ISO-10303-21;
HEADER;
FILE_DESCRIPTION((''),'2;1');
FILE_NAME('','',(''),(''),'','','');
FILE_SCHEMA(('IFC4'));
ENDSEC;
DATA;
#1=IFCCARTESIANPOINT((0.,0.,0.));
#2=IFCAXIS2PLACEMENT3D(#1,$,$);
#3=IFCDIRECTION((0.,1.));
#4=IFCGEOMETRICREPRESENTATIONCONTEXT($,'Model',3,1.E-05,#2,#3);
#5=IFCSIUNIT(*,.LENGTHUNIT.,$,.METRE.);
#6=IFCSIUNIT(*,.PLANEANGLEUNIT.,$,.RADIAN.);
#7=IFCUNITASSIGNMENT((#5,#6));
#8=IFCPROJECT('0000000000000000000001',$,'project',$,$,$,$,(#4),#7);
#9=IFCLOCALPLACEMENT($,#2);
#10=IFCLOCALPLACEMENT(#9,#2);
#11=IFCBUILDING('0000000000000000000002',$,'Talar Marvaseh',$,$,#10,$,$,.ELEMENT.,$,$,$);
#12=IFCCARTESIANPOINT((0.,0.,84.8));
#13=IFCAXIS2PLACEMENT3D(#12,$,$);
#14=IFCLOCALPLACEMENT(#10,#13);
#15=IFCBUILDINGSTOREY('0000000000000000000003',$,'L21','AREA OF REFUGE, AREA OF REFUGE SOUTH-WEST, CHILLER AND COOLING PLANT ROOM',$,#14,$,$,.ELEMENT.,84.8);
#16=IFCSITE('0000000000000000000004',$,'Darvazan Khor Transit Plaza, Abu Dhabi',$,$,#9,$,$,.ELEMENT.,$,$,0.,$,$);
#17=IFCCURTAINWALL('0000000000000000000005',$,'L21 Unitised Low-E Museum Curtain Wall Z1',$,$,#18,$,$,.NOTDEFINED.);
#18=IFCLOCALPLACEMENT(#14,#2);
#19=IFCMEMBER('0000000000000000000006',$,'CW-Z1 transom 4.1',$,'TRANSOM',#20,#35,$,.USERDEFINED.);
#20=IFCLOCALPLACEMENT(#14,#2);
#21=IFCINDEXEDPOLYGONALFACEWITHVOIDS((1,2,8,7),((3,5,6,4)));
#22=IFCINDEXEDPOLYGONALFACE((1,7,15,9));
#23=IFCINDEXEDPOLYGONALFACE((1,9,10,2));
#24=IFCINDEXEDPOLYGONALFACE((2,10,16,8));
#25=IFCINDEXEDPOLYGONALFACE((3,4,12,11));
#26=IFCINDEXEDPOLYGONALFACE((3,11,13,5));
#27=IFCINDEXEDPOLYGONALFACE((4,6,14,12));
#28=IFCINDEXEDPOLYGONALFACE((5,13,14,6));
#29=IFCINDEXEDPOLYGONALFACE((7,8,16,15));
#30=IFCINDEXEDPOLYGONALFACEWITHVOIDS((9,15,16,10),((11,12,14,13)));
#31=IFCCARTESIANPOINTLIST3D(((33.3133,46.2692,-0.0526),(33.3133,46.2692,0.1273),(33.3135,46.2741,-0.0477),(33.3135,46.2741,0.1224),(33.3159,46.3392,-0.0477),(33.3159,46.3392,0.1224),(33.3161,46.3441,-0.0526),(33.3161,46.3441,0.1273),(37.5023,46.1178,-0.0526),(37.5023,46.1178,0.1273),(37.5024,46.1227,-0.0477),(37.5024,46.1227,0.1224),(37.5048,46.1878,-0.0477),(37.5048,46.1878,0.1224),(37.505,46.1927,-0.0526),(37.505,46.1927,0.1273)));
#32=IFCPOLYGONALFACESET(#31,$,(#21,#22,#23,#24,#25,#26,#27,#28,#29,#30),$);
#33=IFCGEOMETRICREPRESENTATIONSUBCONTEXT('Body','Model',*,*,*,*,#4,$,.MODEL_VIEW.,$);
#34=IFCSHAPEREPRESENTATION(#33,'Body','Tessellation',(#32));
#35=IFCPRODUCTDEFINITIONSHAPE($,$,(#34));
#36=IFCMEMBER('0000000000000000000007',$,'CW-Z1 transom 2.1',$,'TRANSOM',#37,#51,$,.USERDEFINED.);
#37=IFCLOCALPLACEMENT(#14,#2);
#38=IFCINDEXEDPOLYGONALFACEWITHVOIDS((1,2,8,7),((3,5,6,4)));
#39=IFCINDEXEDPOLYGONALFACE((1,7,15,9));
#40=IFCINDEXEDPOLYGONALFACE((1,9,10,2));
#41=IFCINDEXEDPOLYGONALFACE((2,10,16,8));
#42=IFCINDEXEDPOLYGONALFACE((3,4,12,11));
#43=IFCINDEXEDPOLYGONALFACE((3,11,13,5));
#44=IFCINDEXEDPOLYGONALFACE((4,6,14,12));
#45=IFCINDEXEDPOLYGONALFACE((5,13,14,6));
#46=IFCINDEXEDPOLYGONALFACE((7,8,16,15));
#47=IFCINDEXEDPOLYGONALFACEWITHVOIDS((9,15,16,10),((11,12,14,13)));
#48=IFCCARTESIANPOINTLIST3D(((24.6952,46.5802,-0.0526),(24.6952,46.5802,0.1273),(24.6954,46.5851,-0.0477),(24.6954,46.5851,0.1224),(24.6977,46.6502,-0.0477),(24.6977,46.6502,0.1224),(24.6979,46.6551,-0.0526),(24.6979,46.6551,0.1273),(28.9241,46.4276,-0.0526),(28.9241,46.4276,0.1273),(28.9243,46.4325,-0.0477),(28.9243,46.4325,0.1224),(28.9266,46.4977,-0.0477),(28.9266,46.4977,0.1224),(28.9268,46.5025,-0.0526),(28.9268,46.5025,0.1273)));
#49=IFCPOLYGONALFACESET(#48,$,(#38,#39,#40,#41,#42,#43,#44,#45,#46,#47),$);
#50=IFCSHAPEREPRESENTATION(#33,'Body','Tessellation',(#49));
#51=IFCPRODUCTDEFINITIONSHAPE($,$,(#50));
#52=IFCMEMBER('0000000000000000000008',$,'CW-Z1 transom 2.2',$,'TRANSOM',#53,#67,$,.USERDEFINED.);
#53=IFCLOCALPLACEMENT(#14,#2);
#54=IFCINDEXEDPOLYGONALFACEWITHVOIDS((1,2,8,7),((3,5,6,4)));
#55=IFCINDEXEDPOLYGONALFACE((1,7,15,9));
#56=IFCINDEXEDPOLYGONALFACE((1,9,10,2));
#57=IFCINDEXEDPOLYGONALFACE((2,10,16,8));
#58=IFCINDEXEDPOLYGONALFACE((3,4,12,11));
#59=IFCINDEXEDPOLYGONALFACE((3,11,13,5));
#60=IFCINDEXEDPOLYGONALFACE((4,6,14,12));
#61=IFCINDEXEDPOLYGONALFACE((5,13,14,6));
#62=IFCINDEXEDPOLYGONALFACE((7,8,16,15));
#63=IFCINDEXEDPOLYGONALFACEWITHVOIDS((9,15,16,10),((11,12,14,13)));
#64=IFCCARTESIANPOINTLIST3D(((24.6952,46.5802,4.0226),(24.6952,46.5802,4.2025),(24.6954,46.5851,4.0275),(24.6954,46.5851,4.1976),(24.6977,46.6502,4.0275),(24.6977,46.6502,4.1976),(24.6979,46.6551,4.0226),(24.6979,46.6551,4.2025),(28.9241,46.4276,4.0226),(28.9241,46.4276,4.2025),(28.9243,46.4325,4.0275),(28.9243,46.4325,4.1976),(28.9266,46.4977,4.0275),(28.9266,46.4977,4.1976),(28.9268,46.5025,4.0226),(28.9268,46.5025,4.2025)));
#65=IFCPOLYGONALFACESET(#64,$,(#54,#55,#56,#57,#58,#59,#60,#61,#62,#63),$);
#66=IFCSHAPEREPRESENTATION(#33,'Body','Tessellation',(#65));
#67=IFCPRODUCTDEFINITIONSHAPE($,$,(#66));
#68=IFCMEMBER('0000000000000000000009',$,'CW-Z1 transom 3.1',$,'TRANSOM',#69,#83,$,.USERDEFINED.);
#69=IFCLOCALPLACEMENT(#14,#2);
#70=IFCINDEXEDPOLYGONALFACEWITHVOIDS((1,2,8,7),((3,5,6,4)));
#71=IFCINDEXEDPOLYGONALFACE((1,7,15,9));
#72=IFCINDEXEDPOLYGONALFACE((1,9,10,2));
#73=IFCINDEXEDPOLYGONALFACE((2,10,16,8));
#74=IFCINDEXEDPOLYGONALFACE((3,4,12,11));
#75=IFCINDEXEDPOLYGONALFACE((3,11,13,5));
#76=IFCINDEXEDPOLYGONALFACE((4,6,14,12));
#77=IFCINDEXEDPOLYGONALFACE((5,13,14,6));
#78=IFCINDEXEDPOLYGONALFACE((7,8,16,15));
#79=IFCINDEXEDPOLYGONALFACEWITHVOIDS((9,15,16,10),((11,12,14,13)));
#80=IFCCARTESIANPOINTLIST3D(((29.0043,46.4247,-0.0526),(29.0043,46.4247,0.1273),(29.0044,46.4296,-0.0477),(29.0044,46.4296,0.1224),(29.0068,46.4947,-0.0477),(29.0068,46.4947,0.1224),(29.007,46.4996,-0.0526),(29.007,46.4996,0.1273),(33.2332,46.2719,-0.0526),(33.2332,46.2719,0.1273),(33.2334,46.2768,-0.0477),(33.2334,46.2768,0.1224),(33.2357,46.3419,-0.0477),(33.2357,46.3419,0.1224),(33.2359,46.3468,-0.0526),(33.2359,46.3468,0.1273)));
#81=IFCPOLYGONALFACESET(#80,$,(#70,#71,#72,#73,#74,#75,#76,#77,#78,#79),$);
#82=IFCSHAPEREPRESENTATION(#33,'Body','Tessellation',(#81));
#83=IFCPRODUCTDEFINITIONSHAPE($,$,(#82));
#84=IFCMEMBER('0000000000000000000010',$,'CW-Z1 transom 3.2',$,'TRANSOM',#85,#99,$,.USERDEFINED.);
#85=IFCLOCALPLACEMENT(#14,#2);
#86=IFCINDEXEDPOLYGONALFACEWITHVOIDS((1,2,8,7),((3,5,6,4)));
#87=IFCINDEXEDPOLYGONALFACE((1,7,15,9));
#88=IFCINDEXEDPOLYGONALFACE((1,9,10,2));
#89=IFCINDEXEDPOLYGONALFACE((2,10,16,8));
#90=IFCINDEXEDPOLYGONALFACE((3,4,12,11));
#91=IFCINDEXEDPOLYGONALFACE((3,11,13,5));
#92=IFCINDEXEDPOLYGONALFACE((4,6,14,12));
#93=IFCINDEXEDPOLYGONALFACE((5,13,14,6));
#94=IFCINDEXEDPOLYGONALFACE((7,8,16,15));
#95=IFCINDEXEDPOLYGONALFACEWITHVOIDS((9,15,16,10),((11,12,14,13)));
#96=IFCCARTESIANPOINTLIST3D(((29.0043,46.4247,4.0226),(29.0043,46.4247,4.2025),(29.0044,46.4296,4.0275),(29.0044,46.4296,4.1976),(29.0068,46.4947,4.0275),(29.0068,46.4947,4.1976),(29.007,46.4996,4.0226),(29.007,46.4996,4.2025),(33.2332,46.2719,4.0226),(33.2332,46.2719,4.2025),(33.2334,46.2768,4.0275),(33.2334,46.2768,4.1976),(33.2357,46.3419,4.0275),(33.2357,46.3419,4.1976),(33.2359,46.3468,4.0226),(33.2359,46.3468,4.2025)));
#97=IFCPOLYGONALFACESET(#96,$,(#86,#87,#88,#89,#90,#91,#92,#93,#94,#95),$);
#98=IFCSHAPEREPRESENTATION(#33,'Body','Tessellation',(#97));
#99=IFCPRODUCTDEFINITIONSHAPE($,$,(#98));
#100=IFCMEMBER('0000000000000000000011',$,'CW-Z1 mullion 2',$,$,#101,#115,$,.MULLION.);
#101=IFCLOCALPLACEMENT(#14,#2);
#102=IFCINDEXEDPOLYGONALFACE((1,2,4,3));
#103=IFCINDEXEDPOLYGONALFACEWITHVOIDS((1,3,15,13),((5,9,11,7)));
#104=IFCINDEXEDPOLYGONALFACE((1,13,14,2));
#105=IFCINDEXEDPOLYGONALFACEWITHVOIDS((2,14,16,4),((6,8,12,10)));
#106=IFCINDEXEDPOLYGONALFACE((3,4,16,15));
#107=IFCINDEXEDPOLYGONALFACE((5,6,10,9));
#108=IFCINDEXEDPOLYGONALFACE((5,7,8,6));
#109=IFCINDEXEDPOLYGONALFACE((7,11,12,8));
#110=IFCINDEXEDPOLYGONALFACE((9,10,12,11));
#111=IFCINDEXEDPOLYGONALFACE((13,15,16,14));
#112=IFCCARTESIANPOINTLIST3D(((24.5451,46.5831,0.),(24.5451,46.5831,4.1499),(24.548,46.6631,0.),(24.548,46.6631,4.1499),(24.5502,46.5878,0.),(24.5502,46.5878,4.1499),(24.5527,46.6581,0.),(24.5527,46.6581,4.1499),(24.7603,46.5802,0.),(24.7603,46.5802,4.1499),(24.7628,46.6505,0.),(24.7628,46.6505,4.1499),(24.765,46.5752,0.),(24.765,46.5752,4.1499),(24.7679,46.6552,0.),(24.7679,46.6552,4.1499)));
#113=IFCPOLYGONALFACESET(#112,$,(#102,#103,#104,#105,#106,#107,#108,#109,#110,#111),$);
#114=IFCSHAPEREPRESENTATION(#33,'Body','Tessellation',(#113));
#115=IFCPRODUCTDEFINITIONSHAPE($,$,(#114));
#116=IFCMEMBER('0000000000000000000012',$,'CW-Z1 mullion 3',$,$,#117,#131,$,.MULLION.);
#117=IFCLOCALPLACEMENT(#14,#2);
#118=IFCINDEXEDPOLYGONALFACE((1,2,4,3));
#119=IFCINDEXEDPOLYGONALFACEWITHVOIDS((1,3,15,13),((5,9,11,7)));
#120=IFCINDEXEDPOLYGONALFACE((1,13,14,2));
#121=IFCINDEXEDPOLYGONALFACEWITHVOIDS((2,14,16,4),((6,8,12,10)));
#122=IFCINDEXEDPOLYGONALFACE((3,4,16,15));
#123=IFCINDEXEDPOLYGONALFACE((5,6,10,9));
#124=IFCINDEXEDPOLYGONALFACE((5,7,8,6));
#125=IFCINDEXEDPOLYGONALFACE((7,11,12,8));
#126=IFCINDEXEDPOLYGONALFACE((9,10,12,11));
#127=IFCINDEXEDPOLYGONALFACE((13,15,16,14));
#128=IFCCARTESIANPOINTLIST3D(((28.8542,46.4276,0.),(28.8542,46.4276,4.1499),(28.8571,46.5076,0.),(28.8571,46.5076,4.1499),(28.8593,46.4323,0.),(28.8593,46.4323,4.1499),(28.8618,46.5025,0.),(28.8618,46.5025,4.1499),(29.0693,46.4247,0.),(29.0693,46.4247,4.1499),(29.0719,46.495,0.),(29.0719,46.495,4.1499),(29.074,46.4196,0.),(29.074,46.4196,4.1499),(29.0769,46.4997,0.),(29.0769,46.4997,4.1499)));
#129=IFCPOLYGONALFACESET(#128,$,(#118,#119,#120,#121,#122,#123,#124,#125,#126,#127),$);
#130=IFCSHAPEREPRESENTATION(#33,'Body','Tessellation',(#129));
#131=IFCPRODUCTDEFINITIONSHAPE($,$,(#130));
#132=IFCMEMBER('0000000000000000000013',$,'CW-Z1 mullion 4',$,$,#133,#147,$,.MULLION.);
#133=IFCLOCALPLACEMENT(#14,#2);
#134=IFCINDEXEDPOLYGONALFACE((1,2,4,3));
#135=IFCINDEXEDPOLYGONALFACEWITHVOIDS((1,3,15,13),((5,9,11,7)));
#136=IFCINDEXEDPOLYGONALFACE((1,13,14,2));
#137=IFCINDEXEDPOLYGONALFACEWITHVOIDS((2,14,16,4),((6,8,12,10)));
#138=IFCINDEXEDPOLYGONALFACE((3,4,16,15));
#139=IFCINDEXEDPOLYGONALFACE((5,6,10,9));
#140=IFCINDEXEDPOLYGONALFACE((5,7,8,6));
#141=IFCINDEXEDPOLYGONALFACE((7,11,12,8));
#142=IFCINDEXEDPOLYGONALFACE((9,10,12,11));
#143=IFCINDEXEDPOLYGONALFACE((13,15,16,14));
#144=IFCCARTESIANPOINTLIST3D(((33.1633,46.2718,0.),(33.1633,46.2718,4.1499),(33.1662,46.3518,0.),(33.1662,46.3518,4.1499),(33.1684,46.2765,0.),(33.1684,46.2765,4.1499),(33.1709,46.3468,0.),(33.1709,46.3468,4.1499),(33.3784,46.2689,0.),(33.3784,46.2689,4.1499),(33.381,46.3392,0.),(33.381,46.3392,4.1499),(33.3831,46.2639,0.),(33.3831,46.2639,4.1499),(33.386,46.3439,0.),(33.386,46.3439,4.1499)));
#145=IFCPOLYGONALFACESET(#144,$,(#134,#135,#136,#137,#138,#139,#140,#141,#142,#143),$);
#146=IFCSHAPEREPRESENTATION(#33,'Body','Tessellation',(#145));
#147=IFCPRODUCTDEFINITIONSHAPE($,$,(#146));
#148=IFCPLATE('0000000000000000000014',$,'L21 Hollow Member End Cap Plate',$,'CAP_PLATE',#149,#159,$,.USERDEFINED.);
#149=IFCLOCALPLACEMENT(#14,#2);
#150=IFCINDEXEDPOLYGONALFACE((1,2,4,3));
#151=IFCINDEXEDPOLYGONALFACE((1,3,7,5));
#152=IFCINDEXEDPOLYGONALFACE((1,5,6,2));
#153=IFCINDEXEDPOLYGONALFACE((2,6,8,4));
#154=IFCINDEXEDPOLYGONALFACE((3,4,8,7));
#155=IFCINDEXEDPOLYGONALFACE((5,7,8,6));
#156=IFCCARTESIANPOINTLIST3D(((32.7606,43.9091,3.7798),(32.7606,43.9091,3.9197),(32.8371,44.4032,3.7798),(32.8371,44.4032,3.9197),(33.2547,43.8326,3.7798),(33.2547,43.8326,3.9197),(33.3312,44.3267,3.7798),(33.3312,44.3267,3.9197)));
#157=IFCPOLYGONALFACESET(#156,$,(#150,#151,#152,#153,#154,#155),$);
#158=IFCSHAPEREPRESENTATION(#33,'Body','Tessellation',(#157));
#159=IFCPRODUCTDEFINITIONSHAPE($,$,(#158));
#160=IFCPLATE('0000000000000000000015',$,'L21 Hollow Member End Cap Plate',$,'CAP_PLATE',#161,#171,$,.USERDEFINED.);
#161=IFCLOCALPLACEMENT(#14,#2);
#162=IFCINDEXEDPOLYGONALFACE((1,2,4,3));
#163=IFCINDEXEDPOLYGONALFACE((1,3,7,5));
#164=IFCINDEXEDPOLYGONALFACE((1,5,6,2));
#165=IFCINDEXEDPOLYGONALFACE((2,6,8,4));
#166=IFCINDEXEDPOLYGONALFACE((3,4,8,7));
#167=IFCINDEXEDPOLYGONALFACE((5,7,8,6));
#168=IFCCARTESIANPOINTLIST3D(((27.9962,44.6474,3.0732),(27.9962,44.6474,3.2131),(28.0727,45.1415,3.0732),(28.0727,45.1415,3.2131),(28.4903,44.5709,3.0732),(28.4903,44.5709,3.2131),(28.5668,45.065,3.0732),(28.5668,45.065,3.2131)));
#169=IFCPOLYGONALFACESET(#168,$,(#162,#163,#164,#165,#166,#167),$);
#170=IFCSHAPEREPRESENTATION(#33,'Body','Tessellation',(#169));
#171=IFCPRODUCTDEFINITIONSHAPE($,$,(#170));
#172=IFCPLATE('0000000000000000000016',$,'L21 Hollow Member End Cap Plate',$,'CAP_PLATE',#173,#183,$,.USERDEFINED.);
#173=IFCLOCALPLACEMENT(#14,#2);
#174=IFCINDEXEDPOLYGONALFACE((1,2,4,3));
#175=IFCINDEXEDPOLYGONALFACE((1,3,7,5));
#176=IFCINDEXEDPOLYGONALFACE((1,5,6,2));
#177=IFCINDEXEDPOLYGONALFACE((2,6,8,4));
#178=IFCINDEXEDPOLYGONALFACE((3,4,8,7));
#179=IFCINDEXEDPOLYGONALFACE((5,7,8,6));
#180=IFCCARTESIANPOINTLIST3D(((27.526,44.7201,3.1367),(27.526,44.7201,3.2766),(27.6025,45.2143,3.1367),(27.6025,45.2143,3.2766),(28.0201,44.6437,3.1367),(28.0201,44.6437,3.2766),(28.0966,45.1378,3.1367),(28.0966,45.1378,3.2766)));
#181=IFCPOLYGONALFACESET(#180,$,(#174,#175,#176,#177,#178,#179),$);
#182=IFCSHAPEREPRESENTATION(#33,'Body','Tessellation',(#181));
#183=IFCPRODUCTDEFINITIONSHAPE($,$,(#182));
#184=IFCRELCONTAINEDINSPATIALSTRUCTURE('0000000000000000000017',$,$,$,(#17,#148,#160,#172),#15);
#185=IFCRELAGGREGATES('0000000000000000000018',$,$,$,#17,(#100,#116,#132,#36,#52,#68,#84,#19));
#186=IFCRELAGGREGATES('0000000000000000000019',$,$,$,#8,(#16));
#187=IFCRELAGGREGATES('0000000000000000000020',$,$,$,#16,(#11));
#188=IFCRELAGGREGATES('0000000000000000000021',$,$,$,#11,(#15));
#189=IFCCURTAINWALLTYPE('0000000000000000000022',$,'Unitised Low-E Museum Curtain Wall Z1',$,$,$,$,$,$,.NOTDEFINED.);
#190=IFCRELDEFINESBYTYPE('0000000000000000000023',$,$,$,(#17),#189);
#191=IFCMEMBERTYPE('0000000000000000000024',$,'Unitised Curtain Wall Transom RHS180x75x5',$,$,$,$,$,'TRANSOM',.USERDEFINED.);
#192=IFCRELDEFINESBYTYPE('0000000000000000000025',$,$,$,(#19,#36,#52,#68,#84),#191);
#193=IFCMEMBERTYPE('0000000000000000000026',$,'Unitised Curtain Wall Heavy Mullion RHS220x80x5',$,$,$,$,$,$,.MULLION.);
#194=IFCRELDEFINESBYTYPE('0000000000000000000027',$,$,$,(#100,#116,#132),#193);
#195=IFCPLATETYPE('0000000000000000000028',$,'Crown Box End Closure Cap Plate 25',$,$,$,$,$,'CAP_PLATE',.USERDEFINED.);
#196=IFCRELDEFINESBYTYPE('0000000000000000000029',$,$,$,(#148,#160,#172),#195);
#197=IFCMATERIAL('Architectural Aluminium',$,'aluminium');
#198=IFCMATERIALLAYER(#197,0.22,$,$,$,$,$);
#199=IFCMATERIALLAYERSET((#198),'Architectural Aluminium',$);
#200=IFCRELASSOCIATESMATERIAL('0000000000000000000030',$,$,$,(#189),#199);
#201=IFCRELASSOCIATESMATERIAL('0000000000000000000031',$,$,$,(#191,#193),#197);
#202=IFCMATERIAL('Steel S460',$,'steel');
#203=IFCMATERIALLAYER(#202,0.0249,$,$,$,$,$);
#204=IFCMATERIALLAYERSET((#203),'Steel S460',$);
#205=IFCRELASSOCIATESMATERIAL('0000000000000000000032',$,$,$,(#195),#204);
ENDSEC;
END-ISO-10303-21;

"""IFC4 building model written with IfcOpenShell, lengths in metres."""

from ifc_helpers import new_model, si_unit, direction, frame, origin, origin_2d, place, context, subcontext, project, spatial, rectangle, hollow_rectangle, extrude, source, transform, mapped, material, layer, layer_set, material_profile, profile_set, type_object, type_shapes, element, aggregate, save


model = new_model("IFC4")

# Units and contexts
model_context = context("Model", 3, precision=1e-05, world=origin(), true_north=direction((0.0, 1.0)))
body_context = subcontext(model_context, "Body", "Model", "MODEL_VIEW")
ifc_project = project(units=[si_unit("LENGTHUNIT", "METRE"), si_unit("PLANEANGLEUNIT", "RADIAN")], contexts=[model_context])

# Site, building, storey
site_placement = place(None, origin())
site = spatial("IfcSite", under=ifc_project, at=site_placement, Name="Darvazan Khor Transit Plaza, Abu Dhabi", CompositionType="ELEMENT", RefElevation=0.0)
building_placement = place(site_placement, origin())
building = spatial("IfcBuilding", under=site, at=building_placement, Name="Talar Marvaseh", CompositionType="ELEMENT")
storey_placement = place(building_placement, frame((0.0, 0.0, 84.8)))
storey = spatial("IfcBuildingStorey", under=building, at=storey_placement, Name="L21", Description="AREA OF REFUGE, AREA OF REFUGE SOUTH-WEST, CHILLER AND COOLING PLANT ROOM", CompositionType="ELEMENT", Elevation=84.8)

# Shared definitions
ifc_material_1 = material(Name="Steel S460", Category="steel")

# Curtain wall, members
ifc_material_2 = material(Name="Architectural Aluminium", Category="aluminium")
ifc_layer_1 = layer(ifc_material_2, 0.22)
ifc_layer_set_1 = layer_set([ifc_layer_1], Name="Architectural Aluminium")
curtain_wall_type = type_object("IfcCurtainWallType", Name="Unitised Low-E Museum Curtain Wall Z1", PredefinedType="NOTDEFINED", material=ifc_layer_set_1)
curtain_wall_placement = place(storey_placement, origin())
curtain_wall = element("IfcCurtainWall", 1, at=curtain_wall_placement, inside=storey, type_object=curtain_wall_type, Name="L21 Unitised Low-E Museum Curtain Wall Z1", PredefinedType="NOTDEFINED")
ifc_material_profile_1 = material_profile(ifc_material_2, hollow_rectangle(XDim=0.075, YDim=0.1799, WallThickness=0.0049, at=origin_2d()), Name="RHS180x75x5")
ifc_profile_set_1 = profile_set([ifc_material_profile_1], Name="Architectural Aluminium")
member_type_1 = type_object("IfcMemberType", Name="Unitised Curtain Wall Transom RHS180x75x5", ElementType="TRANSOM", PredefinedType="USERDEFINED", material=ifc_profile_set_1)
shared_shape_1 = source(origin(), body_context, "Body", "SweptSolid", [
    extrude(hollow_rectangle(XDim=0.075, YDim=0.1799, WallThickness=0.0049, at=origin_2d()), origin(), (0.0, 0.0, 1.0), 4.1917),
])
member_1_placement = place(storey_placement, frame((33.3147, 46.3066, 0.0374), z_axis=(0.999348, -0.036111, 0.0), x_axis=(0.036111, 0.999348, 0.0)))
member_1 = element("IfcMember", 2, at=member_1_placement, type_object=member_type_1, Name="CW-Z1 transom 4.1", ObjectType="TRANSOM", PredefinedType="USERDEFINED", context=body_context, shape_type="MappedRepresentation", body=[
    mapped(shared_shape_1, transform((0.0, 0.0, 0.0), x_axis=(1.0, 0.0, 0.0), y_axis=(0.0, 1.0, 0.0), z_axis=(0.0, 0.0, 1.0), scale=1.0)),
])
shared_shape_2 = source(origin(), body_context, "Body", "SweptSolid", [
    extrude(hollow_rectangle(XDim=0.075, YDim=0.1799, WallThickness=0.0049, at=origin_2d()), origin(), (0.0, 0.0, 1.0), 4.2317),
])
type_shapes(member_type_1, [shared_shape_1, shared_shape_2])
member_2_placement = place(storey_placement, frame((24.6965, 46.6177, 0.0374), z_axis=(0.99935, -0.036058, 0.0), x_axis=(0.036058, 0.99935, 0.0)))
member_2 = element("IfcMember", 3, at=member_2_placement, type_object=member_type_1, Name="CW-Z1 transom 2.1", ObjectType="TRANSOM", PredefinedType="USERDEFINED", context=body_context, shape_type="MappedRepresentation", body=[
    mapped(shared_shape_2, transform((0.0, 0.0, 0.0), x_axis=(1.0, 0.0, 0.0), y_axis=(0.0, 1.0, 0.0), z_axis=(0.0, 0.0, 1.0), scale=1.0)),
])
member_3_placement = place(storey_placement, frame((24.6965, 46.6177, 4.1125), z_axis=(0.99935, -0.036058, 0.0), x_axis=(0.036058, 0.99935, 0.0)))
member_3 = element("IfcMember", 4, at=member_3_placement, type_object=member_type_1, Name="CW-Z1 transom 2.2", ObjectType="TRANSOM", PredefinedType="USERDEFINED", context=body_context, shape_type="MappedRepresentation", body=[
    mapped(shared_shape_2, transform((0.0, 0.0, 0.0), x_axis=(1.0, 0.0, 0.0), y_axis=(0.0, 1.0, 0.0), z_axis=(0.0, 0.0, 1.0), scale=1.0)),
])
member_4_placement = place(storey_placement, frame((29.0056, 46.4622, 0.0374), z_axis=(0.999348, -0.036115, 0.0), x_axis=(0.036115, 0.999348, 0.0)))
member_4 = element("IfcMember", 5, at=member_4_placement, type_object=member_type_1, Name="CW-Z1 transom 3.1", ObjectType="TRANSOM", PredefinedType="USERDEFINED", context=body_context, shape_type="MappedRepresentation", body=[
    mapped(shared_shape_2, transform((0.0, 0.0, 0.0), x_axis=(1.0, 0.0, 0.0), y_axis=(0.0, 1.0, 0.0), z_axis=(0.0, 0.0, 1.0), scale=1.0)),
])
member_5_placement = place(storey_placement, frame((29.0056, 46.4622, 4.1125), z_axis=(0.999348, -0.036115, 0.0), x_axis=(0.036115, 0.999348, 0.0)))
member_5 = element("IfcMember", 6, at=member_5_placement, type_object=member_type_1, Name="CW-Z1 transom 3.2", ObjectType="TRANSOM", PredefinedType="USERDEFINED", context=body_context, shape_type="MappedRepresentation", body=[
    mapped(shared_shape_2, transform((0.0, 0.0, 0.0), x_axis=(1.0, 0.0, 0.0), y_axis=(0.0, 1.0, 0.0), z_axis=(0.0, 0.0, 1.0), scale=1.0)),
])
ifc_material_profile_2 = material_profile(ifc_material_2, hollow_rectangle(XDim=0.0801, YDim=0.22, WallThickness=0.0049, at=origin_2d()), Name="RHS220x80x5")
ifc_profile_set_2 = profile_set([ifc_material_profile_2], Name="Architectural Aluminium")
member_type_2 = type_object("IfcMemberType", Name="Unitised Curtain Wall Heavy Mullion RHS220x80x5", PredefinedType="MULLION", material=ifc_profile_set_2)
shared_shape_3 = source(origin(), body_context, "Body", "SweptSolid", [
    extrude(hollow_rectangle(XDim=0.0801, YDim=0.22, WallThickness=0.0049, at=origin_2d()), origin(), (0.0, 0.0, 1.0), 4.1499),
])
type_shapes(member_type_2, [shared_shape_3])
member_6_placement = place(storey_placement, frame((24.6565, 46.6191, 0.0), z_axis=(0.0, 0.0, 1.0), x_axis=(0.036081, 0.999349, 0.0)))
member_6 = element("IfcMember", 7, at=member_6_placement, type_object=member_type_2, Name="CW-Z1 mullion 2", PredefinedType="MULLION", context=body_context, shape_type="MappedRepresentation", body=[
    mapped(shared_shape_3, transform((0.0, 0.0, 0.0), x_axis=(1.0, 0.0, 0.0), y_axis=(0.0, 1.0, 0.0), z_axis=(0.0, 0.0, 1.0), scale=1.0)),
])
member_7_placement = place(storey_placement, frame((28.9656, 46.4636, 0.0), z_axis=(0.0, 0.0, 1.0), x_axis=(0.036081, 0.999349, 0.0)))
member_7 = element("IfcMember", 8, at=member_7_placement, type_object=member_type_2, Name="CW-Z1 mullion 3", PredefinedType="MULLION", context=body_context, shape_type="MappedRepresentation", body=[
    mapped(shared_shape_3, transform((0.0, 0.0, 0.0), x_axis=(1.0, 0.0, 0.0), y_axis=(0.0, 1.0, 0.0), z_axis=(0.0, 0.0, 1.0), scale=1.0)),
])
member_8_placement = place(storey_placement, frame((33.2747, 46.3079, 0.0), z_axis=(0.0, 0.0, 1.0), x_axis=(0.036081, 0.999349, 0.0)))
member_8 = element("IfcMember", 9, at=member_8_placement, type_object=member_type_2, Name="CW-Z1 mullion 4", PredefinedType="MULLION", context=body_context, shape_type="MappedRepresentation", body=[
    mapped(shared_shape_3, transform((0.0, 0.0, 0.0), x_axis=(1.0, 0.0, 0.0), y_axis=(0.0, 1.0, 0.0), z_axis=(0.0, 0.0, 1.0), scale=1.0)),
])

# Plates
ifc_layer_2 = layer(ifc_material_1, 0.0249)
ifc_layer_set_2 = layer_set([ifc_layer_2], Name="Steel S460")
plate_type_1 = type_object("IfcPlateType", Name="Crown Box End Closure Cap Plate 25", ElementType="CAP_PLATE", PredefinedType="USERDEFINED", material=ifc_layer_set_2)
shared_shape_4 = source(origin(), body_context, "Body", "SweptSolid", [
    extrude(rectangle(XDim=0.5, YDim=0.5, at=origin_2d()), origin(), (0.0, 0.0, 1.0), 0.1399),
])
type_shapes(plate_type_1, [shared_shape_4])
for number, where, z_axis, x_axis, name in (
    (10, (33.0459, 44.1179, 3.7798), (0.0, 0.0, 1.0), (0.988228, -0.152986, 0.0), "L21 Hollow Member End Cap Plate"),
    (11, (28.2815, 44.8562, 3.0732), (0.0, 0.0, 1.0), (-0.988228, 0.152986, 0.0), "L21 Hollow Member End Cap Plate"),
    (12, (27.8113, 44.929, 3.1367), (0.0, 0.0, 1.0), (-0.988228, 0.152986, 0.0), "L21 Hollow Member End Cap Plate"),
):
    element("IfcPlate", number, at=place(storey_placement, frame(where, z_axis=z_axis, x_axis=x_axis)), inside=storey, type_object=plate_type_1, Name=name, ObjectType="CAP_PLATE", PredefinedType="USERDEFINED", context=body_context, shape_type="MappedRepresentation", body=[
        mapped(shared_shape_4, transform((0.0, 0.0, 0.0), x_axis=(1.0, 0.0, 0.0), y_axis=(0.0, 1.0, 0.0), z_axis=(0.0, 0.0, 1.0), scale=1.0)),
    ])

aggregate(curtain_wall, [member_6, member_7, member_8, member_2, member_3, member_4, member_5, member_1])

save(model, "model.ifc")
